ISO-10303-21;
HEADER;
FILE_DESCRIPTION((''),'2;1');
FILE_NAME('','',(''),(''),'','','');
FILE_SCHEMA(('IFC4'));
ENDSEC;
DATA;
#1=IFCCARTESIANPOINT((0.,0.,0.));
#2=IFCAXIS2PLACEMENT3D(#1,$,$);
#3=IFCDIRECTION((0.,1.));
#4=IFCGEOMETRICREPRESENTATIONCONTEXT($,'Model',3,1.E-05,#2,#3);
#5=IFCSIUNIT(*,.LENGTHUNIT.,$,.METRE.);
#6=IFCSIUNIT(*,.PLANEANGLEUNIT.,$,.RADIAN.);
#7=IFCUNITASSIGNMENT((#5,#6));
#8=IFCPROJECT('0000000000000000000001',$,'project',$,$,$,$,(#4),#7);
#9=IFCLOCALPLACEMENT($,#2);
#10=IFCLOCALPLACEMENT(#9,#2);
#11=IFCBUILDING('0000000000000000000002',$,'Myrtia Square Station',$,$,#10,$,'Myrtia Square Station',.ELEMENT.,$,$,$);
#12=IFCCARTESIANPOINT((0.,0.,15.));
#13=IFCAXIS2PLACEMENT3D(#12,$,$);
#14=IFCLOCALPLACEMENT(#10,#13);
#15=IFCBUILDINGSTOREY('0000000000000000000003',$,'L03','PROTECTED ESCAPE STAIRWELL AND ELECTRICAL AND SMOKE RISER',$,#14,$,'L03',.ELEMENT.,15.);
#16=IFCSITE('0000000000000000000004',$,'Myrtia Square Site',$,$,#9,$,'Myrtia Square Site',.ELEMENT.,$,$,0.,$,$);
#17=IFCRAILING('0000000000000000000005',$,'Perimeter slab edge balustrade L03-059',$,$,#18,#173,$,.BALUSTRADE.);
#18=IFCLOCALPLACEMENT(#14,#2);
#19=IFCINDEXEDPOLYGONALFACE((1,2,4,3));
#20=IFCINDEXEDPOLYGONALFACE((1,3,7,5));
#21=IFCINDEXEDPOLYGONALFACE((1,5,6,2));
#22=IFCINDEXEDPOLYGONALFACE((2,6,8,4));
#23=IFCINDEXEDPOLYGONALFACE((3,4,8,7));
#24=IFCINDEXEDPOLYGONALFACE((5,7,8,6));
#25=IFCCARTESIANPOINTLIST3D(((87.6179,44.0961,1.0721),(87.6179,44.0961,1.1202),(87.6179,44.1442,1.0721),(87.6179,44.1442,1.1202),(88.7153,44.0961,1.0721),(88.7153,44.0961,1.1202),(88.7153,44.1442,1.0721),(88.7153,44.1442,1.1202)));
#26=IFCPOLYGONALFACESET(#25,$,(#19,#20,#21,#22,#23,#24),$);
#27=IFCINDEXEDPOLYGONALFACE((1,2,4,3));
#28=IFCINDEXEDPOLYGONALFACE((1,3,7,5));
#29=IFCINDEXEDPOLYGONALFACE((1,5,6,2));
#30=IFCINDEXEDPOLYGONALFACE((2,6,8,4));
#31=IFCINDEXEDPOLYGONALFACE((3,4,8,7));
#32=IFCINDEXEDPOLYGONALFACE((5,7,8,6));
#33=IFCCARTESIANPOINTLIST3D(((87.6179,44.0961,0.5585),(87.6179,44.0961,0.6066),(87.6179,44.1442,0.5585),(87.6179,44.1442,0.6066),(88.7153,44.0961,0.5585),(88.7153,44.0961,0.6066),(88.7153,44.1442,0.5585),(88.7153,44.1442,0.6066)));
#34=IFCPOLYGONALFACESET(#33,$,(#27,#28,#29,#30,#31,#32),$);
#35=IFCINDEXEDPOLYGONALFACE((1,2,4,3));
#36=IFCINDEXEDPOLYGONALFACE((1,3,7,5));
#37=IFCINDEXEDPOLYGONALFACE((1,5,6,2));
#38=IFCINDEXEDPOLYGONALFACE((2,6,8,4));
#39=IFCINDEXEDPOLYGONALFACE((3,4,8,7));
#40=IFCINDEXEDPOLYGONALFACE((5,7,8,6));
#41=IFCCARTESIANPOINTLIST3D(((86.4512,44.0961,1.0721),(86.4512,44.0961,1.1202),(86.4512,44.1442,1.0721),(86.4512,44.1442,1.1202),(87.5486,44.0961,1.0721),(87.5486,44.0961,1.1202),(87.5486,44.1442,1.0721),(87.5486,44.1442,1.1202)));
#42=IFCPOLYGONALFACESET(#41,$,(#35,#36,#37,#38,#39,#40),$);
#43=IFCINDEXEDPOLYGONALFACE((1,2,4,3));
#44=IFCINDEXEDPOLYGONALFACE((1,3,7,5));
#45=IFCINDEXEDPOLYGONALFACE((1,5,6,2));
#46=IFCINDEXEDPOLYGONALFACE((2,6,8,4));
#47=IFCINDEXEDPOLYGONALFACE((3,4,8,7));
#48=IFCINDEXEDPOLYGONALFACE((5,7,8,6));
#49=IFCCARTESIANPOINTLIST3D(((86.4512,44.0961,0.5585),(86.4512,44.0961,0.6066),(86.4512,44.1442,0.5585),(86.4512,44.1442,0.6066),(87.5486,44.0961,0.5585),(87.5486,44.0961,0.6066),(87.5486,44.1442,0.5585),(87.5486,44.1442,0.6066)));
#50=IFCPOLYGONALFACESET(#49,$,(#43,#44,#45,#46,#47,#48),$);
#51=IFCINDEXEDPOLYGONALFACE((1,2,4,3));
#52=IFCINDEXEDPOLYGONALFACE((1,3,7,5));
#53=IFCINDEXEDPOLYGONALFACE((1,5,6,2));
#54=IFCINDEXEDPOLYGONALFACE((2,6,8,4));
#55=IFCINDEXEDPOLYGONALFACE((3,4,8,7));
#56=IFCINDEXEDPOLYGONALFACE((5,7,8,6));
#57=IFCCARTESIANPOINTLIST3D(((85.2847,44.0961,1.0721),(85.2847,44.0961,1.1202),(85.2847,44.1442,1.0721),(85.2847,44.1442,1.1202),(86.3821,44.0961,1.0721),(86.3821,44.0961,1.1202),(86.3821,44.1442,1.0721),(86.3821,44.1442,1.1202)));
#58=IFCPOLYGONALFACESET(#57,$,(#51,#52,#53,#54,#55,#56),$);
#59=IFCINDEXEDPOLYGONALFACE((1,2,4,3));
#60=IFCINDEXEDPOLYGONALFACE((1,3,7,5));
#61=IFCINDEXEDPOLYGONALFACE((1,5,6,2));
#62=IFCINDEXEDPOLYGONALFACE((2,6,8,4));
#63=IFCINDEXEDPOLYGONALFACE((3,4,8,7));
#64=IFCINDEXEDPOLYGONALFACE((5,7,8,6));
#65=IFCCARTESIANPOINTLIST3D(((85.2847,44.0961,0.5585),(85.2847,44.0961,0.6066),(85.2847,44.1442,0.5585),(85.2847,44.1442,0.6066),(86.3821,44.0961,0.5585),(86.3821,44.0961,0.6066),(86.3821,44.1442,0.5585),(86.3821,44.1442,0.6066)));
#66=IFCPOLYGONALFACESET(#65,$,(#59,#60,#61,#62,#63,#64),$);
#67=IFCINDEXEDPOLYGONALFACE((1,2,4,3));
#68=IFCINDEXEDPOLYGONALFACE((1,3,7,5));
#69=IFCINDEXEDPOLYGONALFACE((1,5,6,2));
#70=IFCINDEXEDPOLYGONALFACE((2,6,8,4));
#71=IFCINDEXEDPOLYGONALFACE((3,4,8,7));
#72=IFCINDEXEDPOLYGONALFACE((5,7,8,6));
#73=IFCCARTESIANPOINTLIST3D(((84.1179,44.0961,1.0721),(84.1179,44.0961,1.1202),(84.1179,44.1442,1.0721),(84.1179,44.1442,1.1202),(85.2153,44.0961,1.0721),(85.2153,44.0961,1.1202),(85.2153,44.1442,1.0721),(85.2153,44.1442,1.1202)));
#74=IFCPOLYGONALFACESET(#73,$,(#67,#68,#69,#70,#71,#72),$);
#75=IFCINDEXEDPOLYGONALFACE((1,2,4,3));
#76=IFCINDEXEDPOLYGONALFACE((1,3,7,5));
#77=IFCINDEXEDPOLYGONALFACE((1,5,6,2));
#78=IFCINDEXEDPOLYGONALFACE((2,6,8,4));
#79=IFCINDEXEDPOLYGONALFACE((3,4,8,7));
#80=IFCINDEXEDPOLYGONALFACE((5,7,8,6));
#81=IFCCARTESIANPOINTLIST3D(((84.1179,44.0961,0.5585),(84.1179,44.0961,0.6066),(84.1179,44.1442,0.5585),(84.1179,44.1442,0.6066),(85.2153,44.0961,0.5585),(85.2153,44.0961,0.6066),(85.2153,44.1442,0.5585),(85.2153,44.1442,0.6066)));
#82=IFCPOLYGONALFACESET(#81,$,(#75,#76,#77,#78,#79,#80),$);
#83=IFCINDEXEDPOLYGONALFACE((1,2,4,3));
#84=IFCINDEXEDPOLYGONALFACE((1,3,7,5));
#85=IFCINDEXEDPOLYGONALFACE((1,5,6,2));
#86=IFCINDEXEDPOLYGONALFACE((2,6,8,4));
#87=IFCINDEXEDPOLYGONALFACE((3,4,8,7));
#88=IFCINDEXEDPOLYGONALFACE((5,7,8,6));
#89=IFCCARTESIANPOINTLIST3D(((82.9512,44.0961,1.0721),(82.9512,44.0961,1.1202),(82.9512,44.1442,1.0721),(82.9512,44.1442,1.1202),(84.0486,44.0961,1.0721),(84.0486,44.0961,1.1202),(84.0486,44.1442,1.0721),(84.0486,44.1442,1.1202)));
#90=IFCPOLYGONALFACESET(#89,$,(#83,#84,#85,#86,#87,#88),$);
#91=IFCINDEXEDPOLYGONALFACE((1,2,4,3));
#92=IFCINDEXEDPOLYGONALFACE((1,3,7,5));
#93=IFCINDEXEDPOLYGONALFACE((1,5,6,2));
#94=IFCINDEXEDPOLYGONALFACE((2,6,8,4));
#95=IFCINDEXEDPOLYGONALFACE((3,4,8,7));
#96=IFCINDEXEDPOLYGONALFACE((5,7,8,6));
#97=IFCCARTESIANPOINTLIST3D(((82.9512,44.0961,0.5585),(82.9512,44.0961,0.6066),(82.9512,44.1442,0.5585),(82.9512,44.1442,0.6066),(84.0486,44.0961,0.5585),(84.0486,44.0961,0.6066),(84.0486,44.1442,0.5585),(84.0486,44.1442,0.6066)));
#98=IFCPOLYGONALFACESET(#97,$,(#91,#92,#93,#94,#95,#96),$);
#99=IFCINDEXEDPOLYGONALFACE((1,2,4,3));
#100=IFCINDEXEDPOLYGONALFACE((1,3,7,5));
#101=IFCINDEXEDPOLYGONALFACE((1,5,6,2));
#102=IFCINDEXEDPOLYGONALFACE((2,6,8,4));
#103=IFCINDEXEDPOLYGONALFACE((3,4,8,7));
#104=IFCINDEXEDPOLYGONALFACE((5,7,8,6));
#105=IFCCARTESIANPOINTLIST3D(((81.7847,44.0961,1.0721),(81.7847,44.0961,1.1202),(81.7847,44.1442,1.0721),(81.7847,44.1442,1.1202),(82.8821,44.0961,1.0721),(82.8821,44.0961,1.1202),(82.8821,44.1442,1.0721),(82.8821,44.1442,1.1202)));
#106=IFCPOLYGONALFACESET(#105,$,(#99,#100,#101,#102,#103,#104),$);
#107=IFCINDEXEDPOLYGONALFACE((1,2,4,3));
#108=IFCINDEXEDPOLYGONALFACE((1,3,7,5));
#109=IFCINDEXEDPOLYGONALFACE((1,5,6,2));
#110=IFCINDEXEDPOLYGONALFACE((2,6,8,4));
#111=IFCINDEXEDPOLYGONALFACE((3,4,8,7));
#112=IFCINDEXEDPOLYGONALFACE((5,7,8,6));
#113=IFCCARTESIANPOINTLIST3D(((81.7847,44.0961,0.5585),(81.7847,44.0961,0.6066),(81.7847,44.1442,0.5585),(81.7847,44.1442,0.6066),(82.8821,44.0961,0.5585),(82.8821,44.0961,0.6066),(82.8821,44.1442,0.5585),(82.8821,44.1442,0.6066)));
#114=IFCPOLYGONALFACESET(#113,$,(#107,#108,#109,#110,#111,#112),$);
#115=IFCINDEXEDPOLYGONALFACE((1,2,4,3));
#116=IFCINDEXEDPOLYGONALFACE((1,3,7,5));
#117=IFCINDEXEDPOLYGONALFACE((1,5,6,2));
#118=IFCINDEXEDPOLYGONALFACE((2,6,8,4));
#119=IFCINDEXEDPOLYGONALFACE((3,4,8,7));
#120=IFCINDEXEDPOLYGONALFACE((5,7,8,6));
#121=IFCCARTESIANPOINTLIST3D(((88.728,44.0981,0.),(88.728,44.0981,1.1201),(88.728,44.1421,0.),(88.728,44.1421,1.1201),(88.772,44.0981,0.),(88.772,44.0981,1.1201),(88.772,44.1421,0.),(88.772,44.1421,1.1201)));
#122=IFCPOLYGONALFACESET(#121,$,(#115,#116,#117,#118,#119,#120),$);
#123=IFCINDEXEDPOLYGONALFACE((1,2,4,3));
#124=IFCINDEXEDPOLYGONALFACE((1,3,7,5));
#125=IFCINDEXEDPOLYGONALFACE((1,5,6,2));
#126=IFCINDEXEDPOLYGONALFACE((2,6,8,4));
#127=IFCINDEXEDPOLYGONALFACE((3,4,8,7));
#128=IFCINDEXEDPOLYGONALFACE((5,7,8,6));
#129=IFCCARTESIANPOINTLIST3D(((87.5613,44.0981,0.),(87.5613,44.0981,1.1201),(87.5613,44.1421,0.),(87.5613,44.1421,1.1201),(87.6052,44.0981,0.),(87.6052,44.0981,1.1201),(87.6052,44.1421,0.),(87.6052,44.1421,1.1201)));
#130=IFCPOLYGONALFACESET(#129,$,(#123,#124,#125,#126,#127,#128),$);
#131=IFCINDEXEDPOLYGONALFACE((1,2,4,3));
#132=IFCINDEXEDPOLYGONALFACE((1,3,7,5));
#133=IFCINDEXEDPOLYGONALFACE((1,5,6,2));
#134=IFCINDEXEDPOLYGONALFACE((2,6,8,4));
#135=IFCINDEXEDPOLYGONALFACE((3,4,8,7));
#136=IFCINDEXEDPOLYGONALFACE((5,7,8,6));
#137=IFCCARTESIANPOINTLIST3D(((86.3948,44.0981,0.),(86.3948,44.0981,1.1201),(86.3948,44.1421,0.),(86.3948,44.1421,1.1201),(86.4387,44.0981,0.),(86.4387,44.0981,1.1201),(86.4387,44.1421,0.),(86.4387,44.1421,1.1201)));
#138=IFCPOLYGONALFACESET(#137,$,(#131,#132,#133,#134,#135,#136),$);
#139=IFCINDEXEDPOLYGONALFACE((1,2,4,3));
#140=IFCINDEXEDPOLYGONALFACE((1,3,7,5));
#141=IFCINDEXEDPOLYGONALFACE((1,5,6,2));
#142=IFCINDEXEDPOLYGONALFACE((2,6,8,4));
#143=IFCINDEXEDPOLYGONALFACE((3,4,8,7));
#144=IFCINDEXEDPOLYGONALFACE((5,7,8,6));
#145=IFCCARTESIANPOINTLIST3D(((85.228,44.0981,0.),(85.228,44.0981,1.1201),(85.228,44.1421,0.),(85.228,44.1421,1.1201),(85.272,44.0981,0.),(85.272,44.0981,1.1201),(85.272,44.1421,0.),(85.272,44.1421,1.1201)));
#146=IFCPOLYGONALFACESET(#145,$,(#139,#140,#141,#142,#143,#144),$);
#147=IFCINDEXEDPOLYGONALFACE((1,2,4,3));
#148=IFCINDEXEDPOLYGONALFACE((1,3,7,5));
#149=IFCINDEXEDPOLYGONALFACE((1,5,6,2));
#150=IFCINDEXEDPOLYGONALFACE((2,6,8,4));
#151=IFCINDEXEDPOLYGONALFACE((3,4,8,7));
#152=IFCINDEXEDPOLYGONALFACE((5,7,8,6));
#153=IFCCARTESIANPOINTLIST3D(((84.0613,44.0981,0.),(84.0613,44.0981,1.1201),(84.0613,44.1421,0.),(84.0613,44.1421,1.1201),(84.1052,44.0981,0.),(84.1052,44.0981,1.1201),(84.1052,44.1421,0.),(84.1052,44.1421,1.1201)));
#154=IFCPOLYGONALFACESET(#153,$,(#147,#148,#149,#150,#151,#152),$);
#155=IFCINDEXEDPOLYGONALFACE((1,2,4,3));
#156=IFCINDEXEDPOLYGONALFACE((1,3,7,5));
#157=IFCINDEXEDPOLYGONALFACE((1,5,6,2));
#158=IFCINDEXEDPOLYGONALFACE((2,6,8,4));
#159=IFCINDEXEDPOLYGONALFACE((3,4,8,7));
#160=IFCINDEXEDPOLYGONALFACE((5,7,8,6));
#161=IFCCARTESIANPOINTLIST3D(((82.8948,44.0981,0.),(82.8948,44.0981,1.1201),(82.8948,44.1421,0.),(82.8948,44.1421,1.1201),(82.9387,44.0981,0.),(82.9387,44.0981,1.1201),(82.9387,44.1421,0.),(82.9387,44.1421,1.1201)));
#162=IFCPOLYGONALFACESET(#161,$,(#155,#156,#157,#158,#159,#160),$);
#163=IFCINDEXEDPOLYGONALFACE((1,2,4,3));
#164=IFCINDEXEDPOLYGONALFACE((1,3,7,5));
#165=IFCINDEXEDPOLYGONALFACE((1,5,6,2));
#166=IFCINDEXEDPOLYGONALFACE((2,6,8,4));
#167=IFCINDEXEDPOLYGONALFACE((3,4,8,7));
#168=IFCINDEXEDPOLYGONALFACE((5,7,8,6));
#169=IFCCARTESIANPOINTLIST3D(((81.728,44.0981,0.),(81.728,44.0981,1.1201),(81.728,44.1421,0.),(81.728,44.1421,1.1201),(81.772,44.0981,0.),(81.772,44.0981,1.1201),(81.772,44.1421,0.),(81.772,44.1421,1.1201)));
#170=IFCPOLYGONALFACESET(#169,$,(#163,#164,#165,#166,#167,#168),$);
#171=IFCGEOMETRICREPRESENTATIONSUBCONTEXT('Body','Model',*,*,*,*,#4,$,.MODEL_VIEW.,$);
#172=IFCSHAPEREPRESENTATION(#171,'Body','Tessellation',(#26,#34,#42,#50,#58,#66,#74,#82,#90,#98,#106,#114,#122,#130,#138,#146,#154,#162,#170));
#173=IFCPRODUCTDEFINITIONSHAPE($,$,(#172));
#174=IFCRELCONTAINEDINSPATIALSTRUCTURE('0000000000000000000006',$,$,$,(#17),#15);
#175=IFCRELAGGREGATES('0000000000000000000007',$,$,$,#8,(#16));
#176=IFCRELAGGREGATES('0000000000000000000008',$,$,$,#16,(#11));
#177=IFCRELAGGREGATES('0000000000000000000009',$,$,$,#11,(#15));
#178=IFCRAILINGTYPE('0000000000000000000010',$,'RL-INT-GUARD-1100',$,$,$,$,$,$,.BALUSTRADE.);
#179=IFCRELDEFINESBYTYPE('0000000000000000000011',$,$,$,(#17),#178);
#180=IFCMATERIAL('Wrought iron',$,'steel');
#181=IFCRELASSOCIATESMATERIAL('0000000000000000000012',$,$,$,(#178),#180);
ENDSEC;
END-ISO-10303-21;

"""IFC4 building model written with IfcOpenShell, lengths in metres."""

from ifc_helpers import new_model, si_unit, direction, frame, origin, origin_2d, place, context, subcontext, project, spatial, rectangle, extrude, material, type_object, element, save


model = new_model("IFC4")

# Units and contexts
model_context = context("Model", 3, precision=1e-05, world=origin(), true_north=direction((0.0, 1.0)))
body_context = subcontext(model_context, "Body", "Model", "MODEL_VIEW")
ifc_project = project(units=[si_unit("LENGTHUNIT", "METRE"), si_unit("PLANEANGLEUNIT", "RADIAN")], contexts=[model_context])

# Site, building, storey
site_placement = place(None, origin())
site = spatial("IfcSite", under=ifc_project, at=site_placement, Name="Myrtia Square Site", LongName="Myrtia Square Site", CompositionType="ELEMENT", RefElevation=0.0)
building_placement = place(site_placement, origin())
building = spatial("IfcBuilding", under=site, at=building_placement, Name="Myrtia Square Station", LongName="Myrtia Square Station", CompositionType="ELEMENT")
storey_placement = place(building_placement, frame((0.0, 0.0, 15.0)))
storey = spatial("IfcBuildingStorey", under=building, at=storey_placement, Name="L03", Description="PROTECTED ESCAPE STAIRWELL AND ELECTRICAL AND SMOKE RISER", LongName="L03", CompositionType="ELEMENT", Elevation=15.0)

# Railing
ifc_material_1 = material(Name="Wrought iron", Category="steel")
railing_type = type_object("IfcRailingType", Name="RL-INT-GUARD-1100", PredefinedType="BALUSTRADE", material=ifc_material_1)
railing_1_placement = place(storey_placement, frame((88.75, 44.1201, 0.0)))
element("IfcRailing", 1, at=railing_1_placement, inside=storey, type_object=railing_type, Name="Perimeter slab edge balustrade L03-059", PredefinedType="BALUSTRADE", context=body_context, shape_type="SweptSolid", body=[
    extrude(rectangle(XDim=0.0481, YDim=0.0481, at=origin_2d()), frame((-0.0347, 0.0, 1.0962), z_axis=(-1.0, 0.0, 0.0), x_axis=(0.0, -1.0, 0.0)), (0.0, 0.0, 1.0), 1.0974),
    extrude(rectangle(XDim=0.0481, YDim=0.0481, at=origin_2d()), frame((-0.0347, 0.0, 0.5825), z_axis=(-1.0, 0.0, 0.0), x_axis=(0.0, -1.0, 0.0)), (0.0, 0.0, 1.0), 1.0974),
    extrude(rectangle(XDim=0.0481, YDim=0.0481, at=origin_2d()), frame((-1.2014, 0.0, 1.0962), z_axis=(-1.0, 0.0, 0.0), x_axis=(0.0, -1.0, 0.0)), (0.0, 0.0, 1.0), 1.0974),
    extrude(rectangle(XDim=0.0481, YDim=0.0481, at=origin_2d()), frame((-1.2014, 0.0, 0.5825), z_axis=(-1.0, 0.0, 0.0), x_axis=(0.0, -1.0, 0.0)), (0.0, 0.0, 1.0), 1.0974),
    extrude(rectangle(XDim=0.0481, YDim=0.0481, at=origin_2d()), frame((-2.3679, 0.0, 1.0962), z_axis=(-1.0, 0.0, 0.0), x_axis=(0.0, -1.0, 0.0)), (0.0, 0.0, 1.0), 1.0974),
    extrude(rectangle(XDim=0.0481, YDim=0.0481, at=origin_2d()), frame((-2.3679, 0.0, 0.5825), z_axis=(-1.0, 0.0, 0.0), x_axis=(0.0, -1.0, 0.0)), (0.0, 0.0, 1.0), 1.0974),
    extrude(rectangle(XDim=0.0481, YDim=0.0481, at=origin_2d()), frame((-3.5347, 0.0, 1.0962), z_axis=(-1.0, 0.0, 0.0), x_axis=(0.0, -1.0, 0.0)), (0.0, 0.0, 1.0), 1.0974),
    extrude(rectangle(XDim=0.0481, YDim=0.0481, at=origin_2d()), frame((-3.5347, 0.0, 0.5825), z_axis=(-1.0, 0.0, 0.0), x_axis=(0.0, -1.0, 0.0)), (0.0, 0.0, 1.0), 1.0974),
    extrude(rectangle(XDim=0.0481, YDim=0.0481, at=origin_2d()), frame((-4.7014, 0.0, 1.0962), z_axis=(-1.0, 0.0, 0.0), x_axis=(0.0, -1.0, 0.0)), (0.0, 0.0, 1.0), 1.0974),
    extrude(rectangle(XDim=0.0481, YDim=0.0481, at=origin_2d()), frame((-4.7014, 0.0, 0.5825), z_axis=(-1.0, 0.0, 0.0), x_axis=(0.0, -1.0, 0.0)), (0.0, 0.0, 1.0), 1.0974),
    extrude(rectangle(XDim=0.0481, YDim=0.0481, at=origin_2d()), frame((-5.8679, 0.0, 1.0962), z_axis=(-1.0, 0.0, 0.0), x_axis=(0.0, -1.0, 0.0)), (0.0, 0.0, 1.0), 1.0974),
    extrude(rectangle(XDim=0.0481, YDim=0.0481, at=origin_2d()), frame((-5.8679, 0.0, 0.5825), z_axis=(-1.0, 0.0, 0.0), x_axis=(0.0, -1.0, 0.0)), (0.0, 0.0, 1.0), 1.0974),
    extrude(rectangle(XDim=0.0439, YDim=0.0439, at=origin_2d()), origin(), (0.0, 0.0, 1.0), 1.1201),
    extrude(rectangle(XDim=0.0439, YDim=0.0439, at=origin_2d()), frame((-1.1667, 0.0, 0.0)), (0.0, 0.0, 1.0), 1.1201),
    extrude(rectangle(XDim=0.0439, YDim=0.0439, at=origin_2d()), frame((-2.3333, 0.0, 0.0)), (0.0, 0.0, 1.0), 1.1201),
    extrude(rectangle(XDim=0.0439, YDim=0.0439, at=origin_2d()), frame((-3.5, 0.0, 0.0)), (0.0, 0.0, 1.0), 1.1201),
    extrude(rectangle(XDim=0.0439, YDim=0.0439, at=origin_2d()), frame((-4.6667, 0.0, 0.0)), (0.0, 0.0, 1.0), 1.1201),
    extrude(rectangle(XDim=0.0439, YDim=0.0439, at=origin_2d()), frame((-5.8333, 0.0, 0.0)), (0.0, 0.0, 1.0), 1.1201),
    extrude(rectangle(XDim=0.0439, YDim=0.0439, at=origin_2d()), frame((-7.0, 0.0, 0.0)), (0.0, 0.0, 1.0), 1.1201),
])

save(model, "model.ifc")
